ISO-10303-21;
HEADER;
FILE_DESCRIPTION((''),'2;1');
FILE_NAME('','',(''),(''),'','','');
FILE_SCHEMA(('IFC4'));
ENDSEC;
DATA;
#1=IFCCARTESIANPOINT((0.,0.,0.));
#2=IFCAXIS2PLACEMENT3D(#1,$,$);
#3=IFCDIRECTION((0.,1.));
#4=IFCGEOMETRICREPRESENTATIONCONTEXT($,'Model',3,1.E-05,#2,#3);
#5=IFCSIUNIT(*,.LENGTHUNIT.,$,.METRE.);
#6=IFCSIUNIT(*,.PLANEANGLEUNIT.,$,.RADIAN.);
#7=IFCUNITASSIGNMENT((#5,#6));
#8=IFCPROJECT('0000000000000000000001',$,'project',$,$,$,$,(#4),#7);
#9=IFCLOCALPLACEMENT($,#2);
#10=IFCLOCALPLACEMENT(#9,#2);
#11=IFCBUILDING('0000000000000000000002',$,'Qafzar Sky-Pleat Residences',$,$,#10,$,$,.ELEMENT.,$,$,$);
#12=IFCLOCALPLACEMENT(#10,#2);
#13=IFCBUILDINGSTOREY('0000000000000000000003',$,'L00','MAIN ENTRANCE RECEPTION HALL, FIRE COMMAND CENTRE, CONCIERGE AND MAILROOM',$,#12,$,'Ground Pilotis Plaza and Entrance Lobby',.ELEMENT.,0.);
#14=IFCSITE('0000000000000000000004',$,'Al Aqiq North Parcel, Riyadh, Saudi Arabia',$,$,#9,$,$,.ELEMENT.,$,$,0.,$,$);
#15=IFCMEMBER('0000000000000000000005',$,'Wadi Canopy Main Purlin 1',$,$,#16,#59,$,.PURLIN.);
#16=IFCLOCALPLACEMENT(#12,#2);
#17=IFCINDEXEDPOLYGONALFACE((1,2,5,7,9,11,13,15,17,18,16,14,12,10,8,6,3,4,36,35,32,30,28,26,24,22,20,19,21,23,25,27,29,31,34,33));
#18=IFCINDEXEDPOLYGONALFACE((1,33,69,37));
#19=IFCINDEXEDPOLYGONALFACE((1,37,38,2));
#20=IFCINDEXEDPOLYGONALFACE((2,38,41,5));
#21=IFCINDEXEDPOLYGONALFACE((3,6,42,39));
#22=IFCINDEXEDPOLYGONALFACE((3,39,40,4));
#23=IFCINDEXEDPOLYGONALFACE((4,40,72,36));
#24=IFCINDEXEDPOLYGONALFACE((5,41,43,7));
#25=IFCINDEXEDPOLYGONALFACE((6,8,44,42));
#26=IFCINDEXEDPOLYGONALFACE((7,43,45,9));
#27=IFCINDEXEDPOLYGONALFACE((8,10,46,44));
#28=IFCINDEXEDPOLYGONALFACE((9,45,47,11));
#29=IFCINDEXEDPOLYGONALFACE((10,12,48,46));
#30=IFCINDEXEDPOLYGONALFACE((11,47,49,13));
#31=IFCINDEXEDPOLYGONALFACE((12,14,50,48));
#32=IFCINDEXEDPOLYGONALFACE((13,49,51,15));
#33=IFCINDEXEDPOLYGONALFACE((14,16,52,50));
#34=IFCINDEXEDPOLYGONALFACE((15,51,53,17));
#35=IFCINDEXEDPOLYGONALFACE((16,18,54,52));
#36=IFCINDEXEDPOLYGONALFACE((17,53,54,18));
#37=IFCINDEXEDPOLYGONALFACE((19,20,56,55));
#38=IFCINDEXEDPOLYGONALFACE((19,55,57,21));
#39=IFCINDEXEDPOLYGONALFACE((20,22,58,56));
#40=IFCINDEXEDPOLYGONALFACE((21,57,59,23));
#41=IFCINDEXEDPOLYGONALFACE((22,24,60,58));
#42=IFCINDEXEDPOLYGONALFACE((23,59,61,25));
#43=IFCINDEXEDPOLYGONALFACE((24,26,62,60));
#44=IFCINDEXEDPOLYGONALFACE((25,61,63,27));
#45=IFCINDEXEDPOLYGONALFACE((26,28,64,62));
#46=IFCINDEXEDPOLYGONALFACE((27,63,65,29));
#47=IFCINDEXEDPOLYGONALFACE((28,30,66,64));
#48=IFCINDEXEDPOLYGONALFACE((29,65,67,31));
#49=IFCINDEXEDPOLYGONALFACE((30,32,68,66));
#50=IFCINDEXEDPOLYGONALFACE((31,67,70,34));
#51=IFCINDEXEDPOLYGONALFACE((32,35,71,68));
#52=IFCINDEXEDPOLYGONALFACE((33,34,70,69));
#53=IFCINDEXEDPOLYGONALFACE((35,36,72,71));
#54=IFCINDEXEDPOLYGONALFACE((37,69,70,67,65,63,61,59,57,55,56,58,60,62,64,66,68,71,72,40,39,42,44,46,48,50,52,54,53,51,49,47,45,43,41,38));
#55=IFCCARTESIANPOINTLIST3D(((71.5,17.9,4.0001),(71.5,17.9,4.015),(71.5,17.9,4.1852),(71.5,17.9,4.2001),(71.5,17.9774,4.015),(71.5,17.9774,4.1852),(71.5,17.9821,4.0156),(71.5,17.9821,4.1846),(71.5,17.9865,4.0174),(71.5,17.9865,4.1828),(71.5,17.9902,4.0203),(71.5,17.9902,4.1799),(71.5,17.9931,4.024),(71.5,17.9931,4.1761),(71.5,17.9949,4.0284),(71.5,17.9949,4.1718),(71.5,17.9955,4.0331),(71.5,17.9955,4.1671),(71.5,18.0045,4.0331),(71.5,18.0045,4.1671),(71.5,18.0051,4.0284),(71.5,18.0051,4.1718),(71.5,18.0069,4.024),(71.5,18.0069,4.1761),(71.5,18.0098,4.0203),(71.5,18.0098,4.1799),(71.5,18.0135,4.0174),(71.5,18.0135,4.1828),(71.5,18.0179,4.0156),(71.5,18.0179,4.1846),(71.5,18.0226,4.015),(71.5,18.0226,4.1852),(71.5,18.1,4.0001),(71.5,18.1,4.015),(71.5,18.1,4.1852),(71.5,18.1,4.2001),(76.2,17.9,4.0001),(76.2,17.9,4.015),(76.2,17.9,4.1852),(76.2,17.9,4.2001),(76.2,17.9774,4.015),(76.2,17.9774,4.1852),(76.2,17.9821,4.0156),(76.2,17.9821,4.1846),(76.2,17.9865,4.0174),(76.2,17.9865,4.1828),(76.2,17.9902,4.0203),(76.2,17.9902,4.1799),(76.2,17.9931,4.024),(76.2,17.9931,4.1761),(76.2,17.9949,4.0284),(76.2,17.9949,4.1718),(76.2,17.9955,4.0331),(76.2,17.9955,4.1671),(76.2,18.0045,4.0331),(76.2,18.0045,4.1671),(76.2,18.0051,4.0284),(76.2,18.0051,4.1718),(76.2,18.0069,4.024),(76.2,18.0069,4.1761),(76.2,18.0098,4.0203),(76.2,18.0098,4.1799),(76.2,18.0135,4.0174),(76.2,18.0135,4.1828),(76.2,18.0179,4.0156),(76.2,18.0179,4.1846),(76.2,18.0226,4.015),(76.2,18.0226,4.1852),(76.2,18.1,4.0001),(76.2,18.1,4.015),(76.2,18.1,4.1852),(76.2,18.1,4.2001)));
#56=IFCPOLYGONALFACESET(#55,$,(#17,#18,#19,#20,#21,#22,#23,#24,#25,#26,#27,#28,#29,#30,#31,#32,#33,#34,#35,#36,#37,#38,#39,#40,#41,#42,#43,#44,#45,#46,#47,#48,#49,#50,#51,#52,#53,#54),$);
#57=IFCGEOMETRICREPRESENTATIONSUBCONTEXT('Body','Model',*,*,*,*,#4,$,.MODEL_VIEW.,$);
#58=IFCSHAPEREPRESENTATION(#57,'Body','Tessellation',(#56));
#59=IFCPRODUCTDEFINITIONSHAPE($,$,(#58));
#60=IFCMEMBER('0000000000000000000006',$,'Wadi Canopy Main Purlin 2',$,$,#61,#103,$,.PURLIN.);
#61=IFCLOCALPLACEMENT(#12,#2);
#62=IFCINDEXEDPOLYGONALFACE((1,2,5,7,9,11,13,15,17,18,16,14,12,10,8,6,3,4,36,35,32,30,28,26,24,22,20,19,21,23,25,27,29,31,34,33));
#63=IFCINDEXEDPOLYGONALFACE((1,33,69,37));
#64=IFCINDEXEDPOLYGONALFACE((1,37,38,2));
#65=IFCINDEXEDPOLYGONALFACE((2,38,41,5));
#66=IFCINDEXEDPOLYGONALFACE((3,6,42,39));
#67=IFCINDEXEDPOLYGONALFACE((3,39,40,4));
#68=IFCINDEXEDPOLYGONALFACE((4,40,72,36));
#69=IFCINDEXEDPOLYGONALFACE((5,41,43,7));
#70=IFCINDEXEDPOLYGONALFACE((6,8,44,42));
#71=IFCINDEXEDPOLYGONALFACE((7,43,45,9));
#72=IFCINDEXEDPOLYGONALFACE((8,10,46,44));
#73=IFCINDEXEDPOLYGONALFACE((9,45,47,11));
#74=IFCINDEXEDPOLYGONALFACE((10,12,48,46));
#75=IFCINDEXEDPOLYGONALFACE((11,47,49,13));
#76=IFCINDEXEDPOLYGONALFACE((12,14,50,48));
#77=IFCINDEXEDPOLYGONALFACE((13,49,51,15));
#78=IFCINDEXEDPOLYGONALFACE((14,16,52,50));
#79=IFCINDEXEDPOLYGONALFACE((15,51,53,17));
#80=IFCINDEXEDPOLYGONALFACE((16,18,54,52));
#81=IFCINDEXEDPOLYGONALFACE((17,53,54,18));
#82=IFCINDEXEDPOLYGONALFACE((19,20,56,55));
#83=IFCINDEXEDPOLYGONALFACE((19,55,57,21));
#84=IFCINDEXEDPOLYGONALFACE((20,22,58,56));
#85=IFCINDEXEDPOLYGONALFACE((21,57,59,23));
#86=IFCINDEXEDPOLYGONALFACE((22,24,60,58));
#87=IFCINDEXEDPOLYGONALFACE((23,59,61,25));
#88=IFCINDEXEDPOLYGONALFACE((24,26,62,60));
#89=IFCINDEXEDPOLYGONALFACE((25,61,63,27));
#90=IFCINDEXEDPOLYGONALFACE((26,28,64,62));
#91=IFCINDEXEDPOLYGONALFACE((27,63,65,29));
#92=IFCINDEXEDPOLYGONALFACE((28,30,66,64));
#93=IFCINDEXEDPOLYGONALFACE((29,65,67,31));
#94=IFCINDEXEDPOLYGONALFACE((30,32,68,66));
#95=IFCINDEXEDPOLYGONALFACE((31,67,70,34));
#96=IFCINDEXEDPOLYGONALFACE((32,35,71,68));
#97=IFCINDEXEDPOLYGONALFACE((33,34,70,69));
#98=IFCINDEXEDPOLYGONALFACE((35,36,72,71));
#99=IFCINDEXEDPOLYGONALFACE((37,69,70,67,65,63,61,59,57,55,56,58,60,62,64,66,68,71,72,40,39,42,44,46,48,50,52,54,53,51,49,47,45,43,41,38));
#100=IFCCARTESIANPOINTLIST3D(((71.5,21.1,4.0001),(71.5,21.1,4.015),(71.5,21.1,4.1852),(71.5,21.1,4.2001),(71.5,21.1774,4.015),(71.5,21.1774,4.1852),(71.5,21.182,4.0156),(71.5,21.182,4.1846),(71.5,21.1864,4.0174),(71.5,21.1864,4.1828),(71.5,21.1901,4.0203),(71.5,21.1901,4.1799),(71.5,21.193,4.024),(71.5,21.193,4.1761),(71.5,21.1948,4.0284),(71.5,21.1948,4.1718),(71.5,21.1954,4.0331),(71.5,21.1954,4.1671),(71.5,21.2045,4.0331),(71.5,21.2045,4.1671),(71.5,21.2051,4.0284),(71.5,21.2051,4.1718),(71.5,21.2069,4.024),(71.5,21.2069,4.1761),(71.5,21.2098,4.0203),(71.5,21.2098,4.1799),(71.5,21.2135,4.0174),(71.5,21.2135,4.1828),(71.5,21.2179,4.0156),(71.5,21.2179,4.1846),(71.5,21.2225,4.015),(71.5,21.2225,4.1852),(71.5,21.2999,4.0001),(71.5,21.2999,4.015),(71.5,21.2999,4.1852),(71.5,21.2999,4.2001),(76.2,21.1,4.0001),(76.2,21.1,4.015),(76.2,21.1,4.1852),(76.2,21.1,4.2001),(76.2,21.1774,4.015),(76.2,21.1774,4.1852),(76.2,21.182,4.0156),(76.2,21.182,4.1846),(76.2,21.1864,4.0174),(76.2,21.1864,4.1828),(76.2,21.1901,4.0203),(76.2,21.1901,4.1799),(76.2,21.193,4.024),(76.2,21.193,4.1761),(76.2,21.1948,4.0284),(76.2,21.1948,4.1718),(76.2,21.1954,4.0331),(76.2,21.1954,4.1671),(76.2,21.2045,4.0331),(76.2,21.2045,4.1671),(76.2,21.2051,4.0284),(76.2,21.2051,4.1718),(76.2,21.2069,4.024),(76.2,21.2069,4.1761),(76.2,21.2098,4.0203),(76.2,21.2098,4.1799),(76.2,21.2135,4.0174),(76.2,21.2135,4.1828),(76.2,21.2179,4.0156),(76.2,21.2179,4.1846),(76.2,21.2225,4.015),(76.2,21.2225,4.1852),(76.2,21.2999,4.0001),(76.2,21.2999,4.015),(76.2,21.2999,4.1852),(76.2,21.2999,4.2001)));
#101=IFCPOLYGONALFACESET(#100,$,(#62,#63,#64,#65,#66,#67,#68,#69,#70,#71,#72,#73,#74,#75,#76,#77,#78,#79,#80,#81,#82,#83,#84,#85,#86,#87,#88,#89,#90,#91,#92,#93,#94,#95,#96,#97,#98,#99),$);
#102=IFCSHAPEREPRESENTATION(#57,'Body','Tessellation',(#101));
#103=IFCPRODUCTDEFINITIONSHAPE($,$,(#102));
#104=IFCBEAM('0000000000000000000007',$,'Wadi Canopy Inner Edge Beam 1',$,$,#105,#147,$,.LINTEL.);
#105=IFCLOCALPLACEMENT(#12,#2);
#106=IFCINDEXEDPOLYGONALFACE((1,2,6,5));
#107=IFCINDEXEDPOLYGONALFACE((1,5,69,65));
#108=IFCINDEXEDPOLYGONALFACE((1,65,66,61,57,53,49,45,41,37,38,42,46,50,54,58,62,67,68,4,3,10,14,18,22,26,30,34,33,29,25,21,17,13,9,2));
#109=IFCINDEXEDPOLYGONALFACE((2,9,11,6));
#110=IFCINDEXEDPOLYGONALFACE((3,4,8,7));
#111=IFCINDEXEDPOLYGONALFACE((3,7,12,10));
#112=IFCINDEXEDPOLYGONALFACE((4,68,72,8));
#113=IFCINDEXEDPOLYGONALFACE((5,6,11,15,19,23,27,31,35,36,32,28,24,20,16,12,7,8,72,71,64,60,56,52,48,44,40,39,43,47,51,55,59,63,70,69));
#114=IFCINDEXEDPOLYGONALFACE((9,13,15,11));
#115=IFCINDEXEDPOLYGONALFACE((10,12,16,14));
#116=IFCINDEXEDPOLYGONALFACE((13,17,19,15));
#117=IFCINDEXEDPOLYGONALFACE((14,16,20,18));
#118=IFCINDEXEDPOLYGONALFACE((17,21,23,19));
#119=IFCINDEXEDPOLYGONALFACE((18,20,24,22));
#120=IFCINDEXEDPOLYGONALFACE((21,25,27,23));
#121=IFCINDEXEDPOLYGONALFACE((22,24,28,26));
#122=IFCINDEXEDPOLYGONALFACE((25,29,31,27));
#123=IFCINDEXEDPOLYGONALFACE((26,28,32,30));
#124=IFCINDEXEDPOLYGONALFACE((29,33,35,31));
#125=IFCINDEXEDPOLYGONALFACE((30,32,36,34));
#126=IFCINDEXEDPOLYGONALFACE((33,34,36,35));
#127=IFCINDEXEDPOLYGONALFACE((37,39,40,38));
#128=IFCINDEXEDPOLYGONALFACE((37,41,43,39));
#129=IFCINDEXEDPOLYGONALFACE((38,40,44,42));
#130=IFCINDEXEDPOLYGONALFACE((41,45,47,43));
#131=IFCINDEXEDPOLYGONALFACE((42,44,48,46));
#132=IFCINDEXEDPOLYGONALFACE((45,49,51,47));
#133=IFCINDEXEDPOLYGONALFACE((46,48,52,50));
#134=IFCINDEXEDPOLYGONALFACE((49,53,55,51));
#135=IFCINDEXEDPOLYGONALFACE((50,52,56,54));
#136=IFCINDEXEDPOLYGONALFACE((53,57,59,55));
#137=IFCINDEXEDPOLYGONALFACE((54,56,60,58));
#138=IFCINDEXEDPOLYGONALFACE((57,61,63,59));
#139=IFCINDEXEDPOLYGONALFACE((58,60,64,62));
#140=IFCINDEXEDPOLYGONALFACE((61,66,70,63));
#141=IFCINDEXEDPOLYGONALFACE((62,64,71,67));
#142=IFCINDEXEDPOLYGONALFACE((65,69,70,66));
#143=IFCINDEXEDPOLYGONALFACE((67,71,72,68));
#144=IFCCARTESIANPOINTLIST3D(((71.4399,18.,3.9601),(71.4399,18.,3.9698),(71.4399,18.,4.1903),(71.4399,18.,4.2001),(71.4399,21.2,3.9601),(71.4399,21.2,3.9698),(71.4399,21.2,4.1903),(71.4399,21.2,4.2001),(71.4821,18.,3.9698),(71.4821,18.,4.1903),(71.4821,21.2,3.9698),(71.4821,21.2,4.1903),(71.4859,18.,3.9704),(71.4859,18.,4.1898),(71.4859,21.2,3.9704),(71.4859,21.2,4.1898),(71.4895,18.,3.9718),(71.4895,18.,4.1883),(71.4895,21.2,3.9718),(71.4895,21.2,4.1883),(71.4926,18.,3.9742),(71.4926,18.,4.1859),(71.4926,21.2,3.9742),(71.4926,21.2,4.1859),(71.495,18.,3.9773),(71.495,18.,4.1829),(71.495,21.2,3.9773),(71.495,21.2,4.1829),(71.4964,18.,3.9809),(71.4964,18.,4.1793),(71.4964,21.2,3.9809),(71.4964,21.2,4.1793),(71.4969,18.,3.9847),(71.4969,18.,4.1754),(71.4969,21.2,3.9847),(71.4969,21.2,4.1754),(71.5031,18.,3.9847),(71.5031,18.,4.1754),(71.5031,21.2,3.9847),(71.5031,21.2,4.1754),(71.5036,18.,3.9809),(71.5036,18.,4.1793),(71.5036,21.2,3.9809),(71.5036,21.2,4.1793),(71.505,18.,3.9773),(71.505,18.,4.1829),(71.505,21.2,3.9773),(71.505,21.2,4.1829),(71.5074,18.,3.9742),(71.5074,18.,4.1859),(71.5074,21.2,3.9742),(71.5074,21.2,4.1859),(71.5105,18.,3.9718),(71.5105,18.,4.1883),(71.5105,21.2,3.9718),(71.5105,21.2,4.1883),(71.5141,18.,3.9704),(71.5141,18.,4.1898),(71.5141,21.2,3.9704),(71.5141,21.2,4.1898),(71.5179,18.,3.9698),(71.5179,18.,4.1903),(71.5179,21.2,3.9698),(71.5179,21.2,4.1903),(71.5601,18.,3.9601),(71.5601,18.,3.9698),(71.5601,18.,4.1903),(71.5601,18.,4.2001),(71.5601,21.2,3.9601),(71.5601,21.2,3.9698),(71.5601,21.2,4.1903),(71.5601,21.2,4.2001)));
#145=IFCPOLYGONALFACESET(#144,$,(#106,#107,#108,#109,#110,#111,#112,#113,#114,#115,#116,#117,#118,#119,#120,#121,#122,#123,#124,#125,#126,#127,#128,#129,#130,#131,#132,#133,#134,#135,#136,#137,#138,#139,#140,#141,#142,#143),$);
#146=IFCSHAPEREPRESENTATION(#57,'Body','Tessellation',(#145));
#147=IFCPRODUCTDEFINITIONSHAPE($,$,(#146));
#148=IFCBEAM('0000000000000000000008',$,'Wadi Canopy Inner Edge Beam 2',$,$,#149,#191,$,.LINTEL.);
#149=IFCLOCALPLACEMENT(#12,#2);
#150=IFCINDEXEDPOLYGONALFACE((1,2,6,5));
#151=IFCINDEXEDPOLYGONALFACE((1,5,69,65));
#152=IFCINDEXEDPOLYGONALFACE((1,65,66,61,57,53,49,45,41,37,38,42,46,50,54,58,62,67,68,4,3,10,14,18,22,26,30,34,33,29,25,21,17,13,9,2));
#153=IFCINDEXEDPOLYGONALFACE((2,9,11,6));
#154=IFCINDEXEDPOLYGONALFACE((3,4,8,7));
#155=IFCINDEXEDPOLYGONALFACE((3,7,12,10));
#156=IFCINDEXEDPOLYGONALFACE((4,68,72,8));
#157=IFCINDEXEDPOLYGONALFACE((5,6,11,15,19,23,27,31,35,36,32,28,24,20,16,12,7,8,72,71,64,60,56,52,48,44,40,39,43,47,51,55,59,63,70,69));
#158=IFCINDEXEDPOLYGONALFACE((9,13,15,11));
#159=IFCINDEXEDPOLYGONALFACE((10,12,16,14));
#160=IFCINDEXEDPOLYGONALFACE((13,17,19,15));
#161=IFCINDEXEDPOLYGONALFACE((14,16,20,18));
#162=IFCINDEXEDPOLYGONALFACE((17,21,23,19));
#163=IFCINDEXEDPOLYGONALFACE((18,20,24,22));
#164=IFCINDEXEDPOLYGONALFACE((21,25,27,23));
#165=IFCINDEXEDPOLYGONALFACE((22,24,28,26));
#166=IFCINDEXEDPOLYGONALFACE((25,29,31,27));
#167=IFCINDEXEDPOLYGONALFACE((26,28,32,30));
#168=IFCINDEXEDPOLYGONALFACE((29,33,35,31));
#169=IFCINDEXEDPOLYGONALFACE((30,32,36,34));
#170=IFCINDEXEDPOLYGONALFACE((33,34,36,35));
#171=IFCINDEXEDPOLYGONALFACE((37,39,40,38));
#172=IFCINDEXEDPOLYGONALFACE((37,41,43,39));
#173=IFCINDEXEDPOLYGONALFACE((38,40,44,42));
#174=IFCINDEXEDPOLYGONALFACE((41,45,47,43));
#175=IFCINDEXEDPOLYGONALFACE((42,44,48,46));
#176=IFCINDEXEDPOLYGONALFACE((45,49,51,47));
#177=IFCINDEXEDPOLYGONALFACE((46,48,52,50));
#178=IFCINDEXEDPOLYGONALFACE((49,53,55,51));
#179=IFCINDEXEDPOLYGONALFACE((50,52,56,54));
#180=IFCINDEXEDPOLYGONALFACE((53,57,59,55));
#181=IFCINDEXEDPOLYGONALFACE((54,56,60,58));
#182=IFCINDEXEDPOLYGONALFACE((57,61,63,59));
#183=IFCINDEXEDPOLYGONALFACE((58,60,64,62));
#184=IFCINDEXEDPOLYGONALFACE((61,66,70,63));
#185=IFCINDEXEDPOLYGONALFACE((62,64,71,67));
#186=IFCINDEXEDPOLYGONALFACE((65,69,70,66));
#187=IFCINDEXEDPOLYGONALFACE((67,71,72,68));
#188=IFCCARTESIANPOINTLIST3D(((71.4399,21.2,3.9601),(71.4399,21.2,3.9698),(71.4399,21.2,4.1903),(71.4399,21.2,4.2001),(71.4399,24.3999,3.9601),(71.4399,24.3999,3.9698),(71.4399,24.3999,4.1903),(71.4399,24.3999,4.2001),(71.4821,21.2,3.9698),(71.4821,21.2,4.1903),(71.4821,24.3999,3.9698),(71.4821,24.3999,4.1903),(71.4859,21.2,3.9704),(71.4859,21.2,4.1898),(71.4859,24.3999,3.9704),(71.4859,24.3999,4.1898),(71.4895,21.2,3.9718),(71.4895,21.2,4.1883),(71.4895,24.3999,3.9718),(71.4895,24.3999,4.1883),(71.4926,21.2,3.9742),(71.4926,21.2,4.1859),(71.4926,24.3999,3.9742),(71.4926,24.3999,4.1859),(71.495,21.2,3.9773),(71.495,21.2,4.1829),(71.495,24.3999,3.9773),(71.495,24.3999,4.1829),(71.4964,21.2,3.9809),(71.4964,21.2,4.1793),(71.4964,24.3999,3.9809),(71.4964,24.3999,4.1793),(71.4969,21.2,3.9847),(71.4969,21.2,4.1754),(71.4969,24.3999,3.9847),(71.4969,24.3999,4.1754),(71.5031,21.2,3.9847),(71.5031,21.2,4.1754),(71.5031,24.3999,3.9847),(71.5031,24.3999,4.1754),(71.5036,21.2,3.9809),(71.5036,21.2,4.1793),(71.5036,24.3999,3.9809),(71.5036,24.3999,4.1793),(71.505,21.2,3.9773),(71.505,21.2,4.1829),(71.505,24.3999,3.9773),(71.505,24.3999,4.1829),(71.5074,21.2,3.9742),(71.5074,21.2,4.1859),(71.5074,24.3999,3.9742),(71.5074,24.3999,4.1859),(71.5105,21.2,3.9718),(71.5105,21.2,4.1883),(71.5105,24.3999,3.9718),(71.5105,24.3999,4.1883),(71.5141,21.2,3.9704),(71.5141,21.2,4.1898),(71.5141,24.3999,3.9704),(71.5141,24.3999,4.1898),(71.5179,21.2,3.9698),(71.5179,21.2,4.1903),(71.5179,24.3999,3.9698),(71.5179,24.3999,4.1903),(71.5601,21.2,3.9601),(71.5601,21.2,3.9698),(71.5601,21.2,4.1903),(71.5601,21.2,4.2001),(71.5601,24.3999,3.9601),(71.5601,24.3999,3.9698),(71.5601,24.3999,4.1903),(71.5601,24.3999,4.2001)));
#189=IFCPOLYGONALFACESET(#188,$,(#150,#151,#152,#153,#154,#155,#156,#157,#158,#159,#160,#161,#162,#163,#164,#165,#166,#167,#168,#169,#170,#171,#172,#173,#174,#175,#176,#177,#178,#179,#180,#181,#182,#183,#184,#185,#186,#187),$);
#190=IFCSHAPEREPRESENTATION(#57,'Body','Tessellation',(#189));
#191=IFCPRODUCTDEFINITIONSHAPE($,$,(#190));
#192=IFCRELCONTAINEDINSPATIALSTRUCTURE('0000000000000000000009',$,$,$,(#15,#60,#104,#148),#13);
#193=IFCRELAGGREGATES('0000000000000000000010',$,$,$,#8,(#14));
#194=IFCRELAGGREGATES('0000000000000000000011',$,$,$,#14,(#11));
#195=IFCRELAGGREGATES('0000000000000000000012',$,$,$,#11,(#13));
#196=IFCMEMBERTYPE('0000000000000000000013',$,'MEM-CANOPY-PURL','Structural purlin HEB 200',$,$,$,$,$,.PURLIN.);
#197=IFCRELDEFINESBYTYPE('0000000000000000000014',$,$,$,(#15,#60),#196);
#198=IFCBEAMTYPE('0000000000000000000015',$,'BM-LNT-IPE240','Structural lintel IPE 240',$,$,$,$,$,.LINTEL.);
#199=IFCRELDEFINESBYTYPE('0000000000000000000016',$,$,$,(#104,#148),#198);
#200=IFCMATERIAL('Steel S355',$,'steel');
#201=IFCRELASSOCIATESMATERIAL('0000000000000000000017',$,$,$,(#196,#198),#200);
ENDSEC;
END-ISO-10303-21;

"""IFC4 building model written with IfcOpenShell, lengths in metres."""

from ifc_helpers import new_model, si_unit, direction, frame, origin, origin_2d, place, context, subcontext, project, spatial, i_section, extrude, source, transform, mapped, material, material_profile, profile_set, type_object, element, save


model = new_model("IFC4")

# Units and contexts
model_context = context("Model", 3, precision=1e-05, world=origin(), true_north=direction((0.0, 1.0)))
body_context = subcontext(model_context, "Body", "Model", "MODEL_VIEW")
ifc_project = project(units=[si_unit("LENGTHUNIT", "METRE"), si_unit("PLANEANGLEUNIT", "RADIAN")], contexts=[model_context])

# Site, building, storey
site_placement = place(None, origin())
site = spatial("IfcSite", under=ifc_project, at=site_placement, Name="Al Aqiq North Parcel, Riyadh, Saudi Arabia", CompositionType="ELEMENT", RefElevation=0.0)
building_placement = place(site_placement, origin())
building = spatial("IfcBuilding", under=site, at=building_placement, Name="Qafzar Sky-Pleat Residences", CompositionType="ELEMENT")
storey_placement = place(building_placement, origin())
storey = spatial("IfcBuildingStorey", under=building, at=storey_placement, Name="L00", Description="MAIN ENTRANCE RECEPTION HALL, FIRE COMMAND CENTRE, CONCIERGE AND MAILROOM", LongName="Ground Pilotis Plaza and Entrance Lobby", CompositionType="ELEMENT", Elevation=0.0)

# Shared definitions
ifc_material_1 = material(Name="Steel S355", Category="steel")

# Members
ifc_material_profile_1 = material_profile(ifc_material_1, i_section(OverallWidth=0.2, OverallDepth=0.2, WebThickness=0.009, FlangeThickness=0.0149, FilletRadius=0.0181, at=origin_2d()), Name="HEB 200")
ifc_profile_set_1 = profile_set([ifc_material_profile_1], Name="Steel S355")
member_type_1 = type_object("IfcMemberType", Name="MEM-CANOPY-PURL", Description="Structural purlin HEB 200", PredefinedType="PURLIN", material=ifc_profile_set_1)
shared_shape_1 = source(origin(), body_context, "Body", "SweptSolid", [
    extrude(i_section(OverallWidth=0.2, OverallDepth=0.2, WebThickness=0.009, FlangeThickness=0.0149, FilletRadius=0.0181, at=origin_2d()), origin(), (0.0, 0.0, 1.0), 4.7),
])
for number, where, z_axis, x_axis, name in (
    (1, (71.5, 18.0, 4.1001), (1.0, 0.0, 0.0), (0.0, 1.0, 0.0), "Wadi Canopy Main Purlin 1"),
    (2, (71.5, 21.2, 4.1001), (1.0, 0.0, 0.0), (0.0, 1.0, 0.0), "Wadi Canopy Main Purlin 2"),
):
    element("IfcMember", number, at=place(storey_placement, frame(where, z_axis=z_axis, x_axis=x_axis)), inside=storey, type_object=member_type_1, Name=name, PredefinedType="PURLIN", context=body_context, shape_type="MappedRepresentation", body=[
        mapped(shared_shape_1, transform((0.0, 0.0, 0.0), x_axis=(1.0, 0.0, 0.0), y_axis=(0.0, 1.0, 0.0), z_axis=(0.0, 0.0, 1.0), scale=1.0)),
    ])

# Beams
ifc_material_profile_2 = material_profile(ifc_material_1, i_section(OverallWidth=0.1201, OverallDepth=0.24, WebThickness=0.0061, FlangeThickness=0.0098, FilletRadius=0.0149, at=origin_2d()), Name="IPE 240")
ifc_profile_set_2 = profile_set([ifc_material_profile_2], Name="Steel S355")
beam_type = type_object("IfcBeamType", Name="BM-LNT-IPE240", Description="Structural lintel IPE 240", PredefinedType="LINTEL", material=ifc_profile_set_2)
shared_shape_2 = source(origin(), body_context, "Body", "SweptSolid", [
    extrude(i_section(OverallWidth=0.1201, OverallDepth=0.24, WebThickness=0.0061, FlangeThickness=0.0098, FilletRadius=0.0149, at=origin_2d()), origin(), (0.0, 0.0, 1.0), 3.2),
])
for number, where, z_axis, x_axis, name in (
    (3, (71.5, 18.0, 4.0801), (0.0, 1.0, 0.0), (-1.0, 0.0, 0.0), "Wadi Canopy Inner Edge Beam 1"),
    (4, (71.5, 21.2, 4.0801), (0.0, 1.0, 0.0), (-1.0, 0.0, 0.0), "Wadi Canopy Inner Edge Beam 2"),
):
    element("IfcBeam", number, at=place(storey_placement, frame(where, z_axis=z_axis, x_axis=x_axis)), inside=storey, type_object=beam_type, Name=name, PredefinedType="LINTEL", context=body_context, shape_type="MappedRepresentation", body=[
        mapped(shared_shape_2, transform((0.0, 0.0, 0.0), x_axis=(1.0, 0.0, 0.0), y_axis=(0.0, 1.0, 0.0), z_axis=(0.0, 0.0, 1.0), scale=1.0)),
    ])

save(model, "model.ifc")
